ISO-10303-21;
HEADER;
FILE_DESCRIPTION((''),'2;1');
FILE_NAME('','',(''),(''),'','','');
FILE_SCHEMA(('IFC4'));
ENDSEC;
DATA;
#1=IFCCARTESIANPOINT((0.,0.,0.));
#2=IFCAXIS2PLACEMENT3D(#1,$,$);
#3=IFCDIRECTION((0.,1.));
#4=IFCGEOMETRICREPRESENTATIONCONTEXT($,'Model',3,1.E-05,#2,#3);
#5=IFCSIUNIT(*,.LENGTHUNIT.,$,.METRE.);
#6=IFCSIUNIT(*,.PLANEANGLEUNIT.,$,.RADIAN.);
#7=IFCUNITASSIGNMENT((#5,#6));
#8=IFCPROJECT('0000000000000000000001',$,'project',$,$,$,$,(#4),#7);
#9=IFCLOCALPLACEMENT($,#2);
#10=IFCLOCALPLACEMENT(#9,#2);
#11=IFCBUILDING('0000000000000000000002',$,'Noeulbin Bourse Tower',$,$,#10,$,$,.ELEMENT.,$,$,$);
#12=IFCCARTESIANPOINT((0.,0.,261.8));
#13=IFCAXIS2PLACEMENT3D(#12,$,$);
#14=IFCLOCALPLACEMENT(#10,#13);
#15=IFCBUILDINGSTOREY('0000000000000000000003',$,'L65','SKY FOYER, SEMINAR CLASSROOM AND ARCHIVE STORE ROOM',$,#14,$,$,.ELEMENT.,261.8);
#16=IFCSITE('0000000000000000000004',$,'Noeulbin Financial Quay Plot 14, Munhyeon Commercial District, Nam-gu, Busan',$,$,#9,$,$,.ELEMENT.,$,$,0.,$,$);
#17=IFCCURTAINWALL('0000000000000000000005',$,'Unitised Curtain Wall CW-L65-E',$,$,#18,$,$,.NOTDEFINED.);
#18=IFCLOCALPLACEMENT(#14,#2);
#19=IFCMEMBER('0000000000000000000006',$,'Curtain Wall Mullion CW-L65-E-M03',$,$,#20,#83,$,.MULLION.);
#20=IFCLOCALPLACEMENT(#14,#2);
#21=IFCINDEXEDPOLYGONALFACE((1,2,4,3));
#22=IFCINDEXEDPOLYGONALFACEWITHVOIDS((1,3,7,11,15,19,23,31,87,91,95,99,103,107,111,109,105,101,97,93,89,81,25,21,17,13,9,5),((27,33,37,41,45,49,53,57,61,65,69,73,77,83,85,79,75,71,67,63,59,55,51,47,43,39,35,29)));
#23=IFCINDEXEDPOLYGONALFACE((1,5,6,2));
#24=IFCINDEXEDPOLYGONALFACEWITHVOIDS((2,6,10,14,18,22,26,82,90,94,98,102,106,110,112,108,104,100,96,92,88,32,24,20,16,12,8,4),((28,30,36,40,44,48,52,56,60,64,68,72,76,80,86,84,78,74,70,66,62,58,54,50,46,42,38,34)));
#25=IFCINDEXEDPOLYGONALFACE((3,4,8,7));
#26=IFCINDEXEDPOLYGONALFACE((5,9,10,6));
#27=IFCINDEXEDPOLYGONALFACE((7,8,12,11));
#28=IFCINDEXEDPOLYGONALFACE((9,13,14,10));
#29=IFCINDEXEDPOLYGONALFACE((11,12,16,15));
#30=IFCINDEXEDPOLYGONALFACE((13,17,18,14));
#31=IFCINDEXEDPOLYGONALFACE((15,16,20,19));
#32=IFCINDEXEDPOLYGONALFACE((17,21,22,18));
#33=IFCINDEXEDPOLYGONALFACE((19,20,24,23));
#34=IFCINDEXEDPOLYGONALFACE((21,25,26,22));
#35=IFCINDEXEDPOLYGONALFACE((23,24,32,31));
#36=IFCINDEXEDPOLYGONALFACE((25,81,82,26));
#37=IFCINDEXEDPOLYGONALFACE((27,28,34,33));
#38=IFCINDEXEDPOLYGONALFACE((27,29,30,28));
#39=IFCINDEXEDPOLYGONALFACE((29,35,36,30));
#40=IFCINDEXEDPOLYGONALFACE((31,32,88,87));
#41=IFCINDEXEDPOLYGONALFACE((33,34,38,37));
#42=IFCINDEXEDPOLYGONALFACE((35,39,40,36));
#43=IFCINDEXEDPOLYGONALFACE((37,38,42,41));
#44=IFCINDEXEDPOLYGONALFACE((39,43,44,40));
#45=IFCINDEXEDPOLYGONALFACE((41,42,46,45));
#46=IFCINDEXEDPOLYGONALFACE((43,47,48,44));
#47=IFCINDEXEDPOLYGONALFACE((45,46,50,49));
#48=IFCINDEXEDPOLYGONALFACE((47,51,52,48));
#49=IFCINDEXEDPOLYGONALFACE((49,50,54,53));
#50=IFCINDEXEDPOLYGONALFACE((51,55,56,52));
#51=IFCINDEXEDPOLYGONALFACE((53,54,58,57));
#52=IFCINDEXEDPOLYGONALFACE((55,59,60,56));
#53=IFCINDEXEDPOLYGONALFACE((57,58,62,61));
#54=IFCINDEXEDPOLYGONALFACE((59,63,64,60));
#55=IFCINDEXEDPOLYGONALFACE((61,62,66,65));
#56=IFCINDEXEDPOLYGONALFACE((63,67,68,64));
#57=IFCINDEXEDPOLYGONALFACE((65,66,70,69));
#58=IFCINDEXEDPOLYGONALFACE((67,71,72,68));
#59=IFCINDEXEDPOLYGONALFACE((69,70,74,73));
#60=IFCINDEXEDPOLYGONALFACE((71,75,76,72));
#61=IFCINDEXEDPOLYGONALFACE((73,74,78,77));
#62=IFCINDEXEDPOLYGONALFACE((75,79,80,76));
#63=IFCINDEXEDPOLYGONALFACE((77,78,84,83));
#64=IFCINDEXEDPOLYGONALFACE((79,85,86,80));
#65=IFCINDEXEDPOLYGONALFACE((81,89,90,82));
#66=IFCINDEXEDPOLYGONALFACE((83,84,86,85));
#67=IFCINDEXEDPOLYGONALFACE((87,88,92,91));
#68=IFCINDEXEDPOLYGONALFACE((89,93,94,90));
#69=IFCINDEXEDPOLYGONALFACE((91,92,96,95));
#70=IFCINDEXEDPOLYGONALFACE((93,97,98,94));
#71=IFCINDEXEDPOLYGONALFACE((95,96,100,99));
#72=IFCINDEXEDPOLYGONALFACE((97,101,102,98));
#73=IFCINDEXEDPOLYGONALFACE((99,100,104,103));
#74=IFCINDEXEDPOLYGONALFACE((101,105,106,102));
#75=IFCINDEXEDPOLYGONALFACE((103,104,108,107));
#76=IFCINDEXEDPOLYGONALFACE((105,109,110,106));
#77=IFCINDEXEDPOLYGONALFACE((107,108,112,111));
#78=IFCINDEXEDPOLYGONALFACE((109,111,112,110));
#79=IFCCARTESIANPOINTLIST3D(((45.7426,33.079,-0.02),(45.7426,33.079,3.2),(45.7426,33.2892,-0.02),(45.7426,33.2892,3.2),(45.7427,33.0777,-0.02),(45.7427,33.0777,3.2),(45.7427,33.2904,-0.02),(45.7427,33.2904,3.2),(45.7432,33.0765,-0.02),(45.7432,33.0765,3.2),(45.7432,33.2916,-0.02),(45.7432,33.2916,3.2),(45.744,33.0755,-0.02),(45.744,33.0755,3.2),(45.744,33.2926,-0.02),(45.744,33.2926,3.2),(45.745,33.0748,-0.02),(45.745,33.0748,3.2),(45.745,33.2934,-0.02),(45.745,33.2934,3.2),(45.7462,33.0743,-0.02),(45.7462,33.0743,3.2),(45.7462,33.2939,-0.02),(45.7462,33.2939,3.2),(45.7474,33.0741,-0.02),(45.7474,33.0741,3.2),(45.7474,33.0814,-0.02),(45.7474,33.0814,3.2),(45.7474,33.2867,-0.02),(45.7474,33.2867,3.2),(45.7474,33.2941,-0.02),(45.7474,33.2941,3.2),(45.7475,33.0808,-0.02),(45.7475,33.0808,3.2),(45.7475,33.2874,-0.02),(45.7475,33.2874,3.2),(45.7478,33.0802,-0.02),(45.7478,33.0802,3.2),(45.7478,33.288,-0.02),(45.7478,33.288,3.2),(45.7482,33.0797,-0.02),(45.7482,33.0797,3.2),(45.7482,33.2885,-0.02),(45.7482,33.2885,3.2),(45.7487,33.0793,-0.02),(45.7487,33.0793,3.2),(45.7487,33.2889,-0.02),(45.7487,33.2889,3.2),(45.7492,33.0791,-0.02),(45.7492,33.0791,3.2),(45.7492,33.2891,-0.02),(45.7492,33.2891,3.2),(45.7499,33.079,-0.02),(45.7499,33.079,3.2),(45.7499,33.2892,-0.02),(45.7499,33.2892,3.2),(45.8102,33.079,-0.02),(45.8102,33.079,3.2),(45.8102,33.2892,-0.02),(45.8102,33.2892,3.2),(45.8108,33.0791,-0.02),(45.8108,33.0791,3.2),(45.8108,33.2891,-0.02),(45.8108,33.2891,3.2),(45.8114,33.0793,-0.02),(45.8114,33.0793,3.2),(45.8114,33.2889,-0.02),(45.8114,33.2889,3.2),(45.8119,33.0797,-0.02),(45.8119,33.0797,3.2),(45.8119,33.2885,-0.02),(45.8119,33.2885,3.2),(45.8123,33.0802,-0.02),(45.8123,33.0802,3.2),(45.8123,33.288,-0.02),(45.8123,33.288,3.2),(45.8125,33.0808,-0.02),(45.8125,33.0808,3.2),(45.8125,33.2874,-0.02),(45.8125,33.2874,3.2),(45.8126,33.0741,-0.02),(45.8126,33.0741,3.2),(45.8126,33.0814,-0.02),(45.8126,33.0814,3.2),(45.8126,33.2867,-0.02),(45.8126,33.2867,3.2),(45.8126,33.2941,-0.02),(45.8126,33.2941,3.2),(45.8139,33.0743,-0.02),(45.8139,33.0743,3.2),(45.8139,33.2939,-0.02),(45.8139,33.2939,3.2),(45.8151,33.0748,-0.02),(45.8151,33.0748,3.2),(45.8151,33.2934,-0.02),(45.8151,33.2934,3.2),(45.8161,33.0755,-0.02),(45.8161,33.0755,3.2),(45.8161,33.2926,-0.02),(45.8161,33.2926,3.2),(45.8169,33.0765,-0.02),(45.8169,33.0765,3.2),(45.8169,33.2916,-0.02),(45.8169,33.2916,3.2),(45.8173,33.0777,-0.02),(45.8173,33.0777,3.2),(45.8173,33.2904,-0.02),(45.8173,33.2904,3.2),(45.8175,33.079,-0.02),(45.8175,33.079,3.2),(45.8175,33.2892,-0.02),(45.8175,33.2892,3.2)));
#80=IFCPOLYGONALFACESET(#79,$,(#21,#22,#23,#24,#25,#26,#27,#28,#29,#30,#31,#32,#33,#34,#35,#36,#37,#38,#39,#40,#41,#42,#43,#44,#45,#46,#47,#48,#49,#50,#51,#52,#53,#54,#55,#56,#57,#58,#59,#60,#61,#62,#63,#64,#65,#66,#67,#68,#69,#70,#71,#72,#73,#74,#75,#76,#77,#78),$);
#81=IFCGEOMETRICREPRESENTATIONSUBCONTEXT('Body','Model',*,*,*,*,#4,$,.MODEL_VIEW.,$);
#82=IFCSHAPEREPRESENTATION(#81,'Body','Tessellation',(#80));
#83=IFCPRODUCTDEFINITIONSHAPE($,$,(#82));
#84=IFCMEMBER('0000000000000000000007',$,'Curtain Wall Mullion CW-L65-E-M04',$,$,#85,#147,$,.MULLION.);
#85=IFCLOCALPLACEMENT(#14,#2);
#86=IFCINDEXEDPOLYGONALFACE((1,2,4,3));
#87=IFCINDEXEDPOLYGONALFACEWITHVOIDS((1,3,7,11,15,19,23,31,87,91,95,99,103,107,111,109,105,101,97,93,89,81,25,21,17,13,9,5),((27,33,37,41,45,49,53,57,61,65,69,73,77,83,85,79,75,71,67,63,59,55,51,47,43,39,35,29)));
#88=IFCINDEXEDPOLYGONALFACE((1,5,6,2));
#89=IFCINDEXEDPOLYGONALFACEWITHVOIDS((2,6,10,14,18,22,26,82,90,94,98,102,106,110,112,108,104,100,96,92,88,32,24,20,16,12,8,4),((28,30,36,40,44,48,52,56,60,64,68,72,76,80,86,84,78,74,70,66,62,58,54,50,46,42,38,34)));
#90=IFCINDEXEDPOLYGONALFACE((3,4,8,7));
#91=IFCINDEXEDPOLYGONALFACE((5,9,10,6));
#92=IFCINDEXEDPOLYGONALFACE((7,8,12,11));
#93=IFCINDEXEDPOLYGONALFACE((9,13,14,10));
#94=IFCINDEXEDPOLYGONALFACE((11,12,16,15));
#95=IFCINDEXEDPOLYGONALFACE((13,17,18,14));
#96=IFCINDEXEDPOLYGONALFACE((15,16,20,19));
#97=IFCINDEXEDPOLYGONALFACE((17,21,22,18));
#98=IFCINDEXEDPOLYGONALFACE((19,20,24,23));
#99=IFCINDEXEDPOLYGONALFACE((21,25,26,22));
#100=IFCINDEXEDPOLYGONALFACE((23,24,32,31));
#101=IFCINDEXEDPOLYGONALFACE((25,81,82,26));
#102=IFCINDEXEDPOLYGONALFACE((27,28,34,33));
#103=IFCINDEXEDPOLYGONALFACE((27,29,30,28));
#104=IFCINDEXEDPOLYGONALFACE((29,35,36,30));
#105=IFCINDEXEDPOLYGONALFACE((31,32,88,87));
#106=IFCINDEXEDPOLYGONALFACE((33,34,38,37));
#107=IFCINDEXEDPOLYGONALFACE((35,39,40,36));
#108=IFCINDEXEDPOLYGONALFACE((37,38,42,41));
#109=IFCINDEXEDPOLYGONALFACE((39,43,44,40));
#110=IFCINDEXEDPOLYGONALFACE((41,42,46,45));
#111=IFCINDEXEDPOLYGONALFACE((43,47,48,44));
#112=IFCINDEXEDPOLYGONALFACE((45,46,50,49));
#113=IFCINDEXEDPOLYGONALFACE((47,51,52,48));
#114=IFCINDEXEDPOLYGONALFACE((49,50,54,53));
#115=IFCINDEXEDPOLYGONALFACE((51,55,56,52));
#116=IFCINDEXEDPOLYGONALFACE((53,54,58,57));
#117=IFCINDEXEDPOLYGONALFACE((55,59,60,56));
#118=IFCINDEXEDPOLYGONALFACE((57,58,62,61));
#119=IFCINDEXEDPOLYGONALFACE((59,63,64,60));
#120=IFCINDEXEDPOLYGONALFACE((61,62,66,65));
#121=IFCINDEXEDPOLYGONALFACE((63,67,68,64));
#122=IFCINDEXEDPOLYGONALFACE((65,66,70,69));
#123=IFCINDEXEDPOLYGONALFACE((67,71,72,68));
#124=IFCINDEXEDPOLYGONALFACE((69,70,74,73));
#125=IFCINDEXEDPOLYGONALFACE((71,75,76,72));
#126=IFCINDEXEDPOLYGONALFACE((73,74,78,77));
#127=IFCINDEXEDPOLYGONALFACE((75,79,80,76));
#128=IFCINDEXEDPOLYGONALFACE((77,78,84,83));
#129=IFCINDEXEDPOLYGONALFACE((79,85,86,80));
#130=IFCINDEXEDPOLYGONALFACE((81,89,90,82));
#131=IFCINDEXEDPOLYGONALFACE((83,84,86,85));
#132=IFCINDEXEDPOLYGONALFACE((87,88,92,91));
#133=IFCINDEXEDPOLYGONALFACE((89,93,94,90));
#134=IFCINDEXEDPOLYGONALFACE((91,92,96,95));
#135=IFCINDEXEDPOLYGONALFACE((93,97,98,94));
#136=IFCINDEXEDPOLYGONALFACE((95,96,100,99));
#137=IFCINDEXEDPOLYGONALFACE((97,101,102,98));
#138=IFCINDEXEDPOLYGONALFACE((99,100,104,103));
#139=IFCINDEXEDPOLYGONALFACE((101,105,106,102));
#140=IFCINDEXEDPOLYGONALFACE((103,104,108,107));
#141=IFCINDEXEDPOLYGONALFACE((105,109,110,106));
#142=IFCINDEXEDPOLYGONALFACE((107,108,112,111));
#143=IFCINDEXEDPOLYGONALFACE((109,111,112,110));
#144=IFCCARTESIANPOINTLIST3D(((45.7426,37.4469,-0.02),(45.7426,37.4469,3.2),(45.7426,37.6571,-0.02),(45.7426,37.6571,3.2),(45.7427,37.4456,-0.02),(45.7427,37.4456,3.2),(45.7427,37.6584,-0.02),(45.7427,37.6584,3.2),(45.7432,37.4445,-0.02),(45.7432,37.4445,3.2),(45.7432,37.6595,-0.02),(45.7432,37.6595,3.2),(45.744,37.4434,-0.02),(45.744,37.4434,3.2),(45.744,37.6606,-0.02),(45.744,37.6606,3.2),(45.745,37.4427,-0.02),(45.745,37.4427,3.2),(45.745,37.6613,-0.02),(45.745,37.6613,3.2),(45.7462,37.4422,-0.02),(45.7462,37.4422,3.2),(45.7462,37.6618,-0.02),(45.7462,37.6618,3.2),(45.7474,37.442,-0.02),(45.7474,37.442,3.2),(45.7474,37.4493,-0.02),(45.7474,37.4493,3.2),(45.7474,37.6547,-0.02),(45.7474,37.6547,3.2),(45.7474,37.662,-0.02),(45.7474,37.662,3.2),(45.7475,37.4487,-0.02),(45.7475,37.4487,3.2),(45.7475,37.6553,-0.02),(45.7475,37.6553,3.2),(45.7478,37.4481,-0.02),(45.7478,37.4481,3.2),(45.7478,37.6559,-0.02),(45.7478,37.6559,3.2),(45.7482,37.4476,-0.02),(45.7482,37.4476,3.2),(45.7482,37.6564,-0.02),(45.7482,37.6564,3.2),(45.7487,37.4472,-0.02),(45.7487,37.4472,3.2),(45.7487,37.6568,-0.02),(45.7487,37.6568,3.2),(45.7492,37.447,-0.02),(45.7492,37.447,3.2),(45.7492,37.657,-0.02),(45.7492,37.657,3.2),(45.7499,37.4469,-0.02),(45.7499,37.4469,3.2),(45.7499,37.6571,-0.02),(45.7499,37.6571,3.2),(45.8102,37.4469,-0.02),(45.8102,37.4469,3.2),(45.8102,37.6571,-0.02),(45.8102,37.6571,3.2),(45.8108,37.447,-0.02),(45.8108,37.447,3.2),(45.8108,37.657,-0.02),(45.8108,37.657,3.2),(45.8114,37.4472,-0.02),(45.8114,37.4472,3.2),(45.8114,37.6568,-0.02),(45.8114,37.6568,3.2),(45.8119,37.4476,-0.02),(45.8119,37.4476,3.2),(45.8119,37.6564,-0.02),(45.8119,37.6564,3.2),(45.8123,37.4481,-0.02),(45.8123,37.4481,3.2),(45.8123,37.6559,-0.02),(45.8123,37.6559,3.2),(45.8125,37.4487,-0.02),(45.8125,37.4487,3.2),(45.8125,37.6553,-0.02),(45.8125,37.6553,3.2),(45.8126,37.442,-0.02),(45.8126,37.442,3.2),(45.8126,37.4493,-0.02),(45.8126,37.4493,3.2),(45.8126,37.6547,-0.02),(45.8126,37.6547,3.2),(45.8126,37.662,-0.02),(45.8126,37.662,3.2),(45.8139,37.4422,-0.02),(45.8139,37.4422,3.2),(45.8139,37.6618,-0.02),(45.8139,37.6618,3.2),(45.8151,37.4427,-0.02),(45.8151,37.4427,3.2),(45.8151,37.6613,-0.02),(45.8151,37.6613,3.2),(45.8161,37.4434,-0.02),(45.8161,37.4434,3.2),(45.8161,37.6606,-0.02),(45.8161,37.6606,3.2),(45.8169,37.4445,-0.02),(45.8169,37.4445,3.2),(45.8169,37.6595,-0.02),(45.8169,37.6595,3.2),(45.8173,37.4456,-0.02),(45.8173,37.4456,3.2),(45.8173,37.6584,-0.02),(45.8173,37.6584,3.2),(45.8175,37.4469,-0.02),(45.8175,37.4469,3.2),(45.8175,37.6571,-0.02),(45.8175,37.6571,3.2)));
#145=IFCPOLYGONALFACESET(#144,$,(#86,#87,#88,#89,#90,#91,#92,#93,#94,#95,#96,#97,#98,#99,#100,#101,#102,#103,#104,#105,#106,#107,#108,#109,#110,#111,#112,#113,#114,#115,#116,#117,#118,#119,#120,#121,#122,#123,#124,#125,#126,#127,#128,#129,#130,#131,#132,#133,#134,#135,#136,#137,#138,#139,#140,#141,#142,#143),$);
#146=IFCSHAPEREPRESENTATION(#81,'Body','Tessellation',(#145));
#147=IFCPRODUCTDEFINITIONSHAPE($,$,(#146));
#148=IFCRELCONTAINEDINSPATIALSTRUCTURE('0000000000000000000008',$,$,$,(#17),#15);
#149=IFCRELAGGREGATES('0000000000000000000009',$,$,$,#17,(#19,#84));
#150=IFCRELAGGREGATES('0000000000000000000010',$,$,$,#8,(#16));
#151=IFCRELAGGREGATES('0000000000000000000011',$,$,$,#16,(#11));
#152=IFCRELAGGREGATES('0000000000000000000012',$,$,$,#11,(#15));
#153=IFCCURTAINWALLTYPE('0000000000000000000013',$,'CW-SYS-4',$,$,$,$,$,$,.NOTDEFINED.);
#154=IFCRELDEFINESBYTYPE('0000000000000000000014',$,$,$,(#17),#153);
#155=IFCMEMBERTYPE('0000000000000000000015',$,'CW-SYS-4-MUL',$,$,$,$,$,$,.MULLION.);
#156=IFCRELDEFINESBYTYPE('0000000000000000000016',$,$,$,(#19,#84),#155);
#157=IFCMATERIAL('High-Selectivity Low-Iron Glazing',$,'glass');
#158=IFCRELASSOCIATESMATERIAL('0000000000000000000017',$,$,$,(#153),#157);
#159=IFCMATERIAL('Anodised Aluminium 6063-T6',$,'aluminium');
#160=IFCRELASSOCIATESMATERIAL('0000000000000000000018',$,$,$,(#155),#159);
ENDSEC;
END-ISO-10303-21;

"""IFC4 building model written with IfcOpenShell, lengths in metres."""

from ifc_helpers import new_model, si_unit, direction, frame, origin, origin_2d, place, context, subcontext, project, spatial, hollow_rectangle, extrude, material, material_profile, profile_set, type_object, element, aggregate, save


model = new_model("IFC4")

# Units and contexts
model_context = context("Model", 3, precision=1e-05, world=origin(), true_north=direction((0.0, 1.0)))
body_context = subcontext(model_context, "Body", "Model", "MODEL_VIEW")
ifc_project = project(units=[si_unit("LENGTHUNIT", "METRE"), si_unit("PLANEANGLEUNIT", "RADIAN")], contexts=[model_context])

# Site, building, storey
site_placement = place(None, origin())
site = spatial("IfcSite", under=ifc_project, at=site_placement, Name="Noeulbin Financial Quay Plot 14, Munhyeon Commercial District, Nam-gu, Busan", CompositionType="ELEMENT", RefElevation=0.0)
building_placement = place(site_placement, origin())
building = spatial("IfcBuilding", under=site, at=building_placement, Name="Noeulbin Bourse Tower", CompositionType="ELEMENT")
storey_placement = place(building_placement, frame((0.0, 0.0, 261.8)))
storey = spatial("IfcBuildingStorey", under=building, at=storey_placement, Name="L65", Description="SKY FOYER, SEMINAR CLASSROOM AND ARCHIVE STORE ROOM", CompositionType="ELEMENT", Elevation=261.8)

# Curtain wall, members
ifc_material_1 = material(Name="High-Selectivity Low-Iron Glazing", Category="glass")
curtain_wall_type = type_object("IfcCurtainWallType", Name="CW-SYS-4", PredefinedType="NOTDEFINED", material=ifc_material_1)
ifc_material_2 = material(Name="Anodised Aluminium 6063-T6", Category="aluminium")
ifc_material_profile_1 = material_profile(ifc_material_2, hollow_rectangle(XDim=0.075, YDim=0.22, WallThickness=0.0049, InnerFilletRadius=0.0024, OuterFilletRadius=0.0049, at=origin_2d()), Name="ALU-MULL-75x220x5", Category="LoadBearing")
ifc_profile_set_1 = profile_set([ifc_material_profile_1], Name="Anodised Aluminium 6063-T6")
member_type_1 = type_object("IfcMemberType", Name="CW-SYS-4-MUL", PredefinedType="MULLION", material=ifc_profile_set_1)
curtain_wall_1_placement = place(storey_placement, origin())
curtain_wall_1 = element("IfcCurtainWall", 1, at=curtain_wall_1_placement, inside=storey, type_object=curtain_wall_type, Name="Unitised Curtain Wall CW-L65-E", PredefinedType="NOTDEFINED")
member_1_placement = place(storey_placement, frame((45.78, 33.1841, -0.02), z_axis=(0.0, 0.0, 1.0), x_axis=(1.0, 0.0, 0.0)))
member_1 = element("IfcMember", 2, at=member_1_placement, type_object=member_type_1, Name="Curtain Wall Mullion CW-L65-E-M03", PredefinedType="MULLION", context=body_context, shape_type="SweptSolid", body=[
    extrude(hollow_rectangle(XDim=0.075, YDim=0.22, WallThickness=0.0049, InnerFilletRadius=0.0024, OuterFilletRadius=0.0049, at=origin_2d()), origin(), (0.0, 0.0, 1.0), 3.22),
])
member_2_placement = place(storey_placement, frame((45.78, 37.552, -0.02), z_axis=(0.0, 0.0, 1.0), x_axis=(1.0, 0.0, 0.0)))
member_2 = element("IfcMember", 3, at=member_2_placement, type_object=member_type_1, Name="Curtain Wall Mullion CW-L65-E-M04", PredefinedType="MULLION", context=body_context, shape_type="SweptSolid", body=[
    extrude(hollow_rectangle(XDim=0.075, YDim=0.22, WallThickness=0.0049, InnerFilletRadius=0.0024, OuterFilletRadius=0.0049, at=origin_2d()), origin(), (0.0, 0.0, 1.0), 3.22),
])

aggregate(curtain_wall_1, [member_1, member_2])

save(model, "model.ifc")
